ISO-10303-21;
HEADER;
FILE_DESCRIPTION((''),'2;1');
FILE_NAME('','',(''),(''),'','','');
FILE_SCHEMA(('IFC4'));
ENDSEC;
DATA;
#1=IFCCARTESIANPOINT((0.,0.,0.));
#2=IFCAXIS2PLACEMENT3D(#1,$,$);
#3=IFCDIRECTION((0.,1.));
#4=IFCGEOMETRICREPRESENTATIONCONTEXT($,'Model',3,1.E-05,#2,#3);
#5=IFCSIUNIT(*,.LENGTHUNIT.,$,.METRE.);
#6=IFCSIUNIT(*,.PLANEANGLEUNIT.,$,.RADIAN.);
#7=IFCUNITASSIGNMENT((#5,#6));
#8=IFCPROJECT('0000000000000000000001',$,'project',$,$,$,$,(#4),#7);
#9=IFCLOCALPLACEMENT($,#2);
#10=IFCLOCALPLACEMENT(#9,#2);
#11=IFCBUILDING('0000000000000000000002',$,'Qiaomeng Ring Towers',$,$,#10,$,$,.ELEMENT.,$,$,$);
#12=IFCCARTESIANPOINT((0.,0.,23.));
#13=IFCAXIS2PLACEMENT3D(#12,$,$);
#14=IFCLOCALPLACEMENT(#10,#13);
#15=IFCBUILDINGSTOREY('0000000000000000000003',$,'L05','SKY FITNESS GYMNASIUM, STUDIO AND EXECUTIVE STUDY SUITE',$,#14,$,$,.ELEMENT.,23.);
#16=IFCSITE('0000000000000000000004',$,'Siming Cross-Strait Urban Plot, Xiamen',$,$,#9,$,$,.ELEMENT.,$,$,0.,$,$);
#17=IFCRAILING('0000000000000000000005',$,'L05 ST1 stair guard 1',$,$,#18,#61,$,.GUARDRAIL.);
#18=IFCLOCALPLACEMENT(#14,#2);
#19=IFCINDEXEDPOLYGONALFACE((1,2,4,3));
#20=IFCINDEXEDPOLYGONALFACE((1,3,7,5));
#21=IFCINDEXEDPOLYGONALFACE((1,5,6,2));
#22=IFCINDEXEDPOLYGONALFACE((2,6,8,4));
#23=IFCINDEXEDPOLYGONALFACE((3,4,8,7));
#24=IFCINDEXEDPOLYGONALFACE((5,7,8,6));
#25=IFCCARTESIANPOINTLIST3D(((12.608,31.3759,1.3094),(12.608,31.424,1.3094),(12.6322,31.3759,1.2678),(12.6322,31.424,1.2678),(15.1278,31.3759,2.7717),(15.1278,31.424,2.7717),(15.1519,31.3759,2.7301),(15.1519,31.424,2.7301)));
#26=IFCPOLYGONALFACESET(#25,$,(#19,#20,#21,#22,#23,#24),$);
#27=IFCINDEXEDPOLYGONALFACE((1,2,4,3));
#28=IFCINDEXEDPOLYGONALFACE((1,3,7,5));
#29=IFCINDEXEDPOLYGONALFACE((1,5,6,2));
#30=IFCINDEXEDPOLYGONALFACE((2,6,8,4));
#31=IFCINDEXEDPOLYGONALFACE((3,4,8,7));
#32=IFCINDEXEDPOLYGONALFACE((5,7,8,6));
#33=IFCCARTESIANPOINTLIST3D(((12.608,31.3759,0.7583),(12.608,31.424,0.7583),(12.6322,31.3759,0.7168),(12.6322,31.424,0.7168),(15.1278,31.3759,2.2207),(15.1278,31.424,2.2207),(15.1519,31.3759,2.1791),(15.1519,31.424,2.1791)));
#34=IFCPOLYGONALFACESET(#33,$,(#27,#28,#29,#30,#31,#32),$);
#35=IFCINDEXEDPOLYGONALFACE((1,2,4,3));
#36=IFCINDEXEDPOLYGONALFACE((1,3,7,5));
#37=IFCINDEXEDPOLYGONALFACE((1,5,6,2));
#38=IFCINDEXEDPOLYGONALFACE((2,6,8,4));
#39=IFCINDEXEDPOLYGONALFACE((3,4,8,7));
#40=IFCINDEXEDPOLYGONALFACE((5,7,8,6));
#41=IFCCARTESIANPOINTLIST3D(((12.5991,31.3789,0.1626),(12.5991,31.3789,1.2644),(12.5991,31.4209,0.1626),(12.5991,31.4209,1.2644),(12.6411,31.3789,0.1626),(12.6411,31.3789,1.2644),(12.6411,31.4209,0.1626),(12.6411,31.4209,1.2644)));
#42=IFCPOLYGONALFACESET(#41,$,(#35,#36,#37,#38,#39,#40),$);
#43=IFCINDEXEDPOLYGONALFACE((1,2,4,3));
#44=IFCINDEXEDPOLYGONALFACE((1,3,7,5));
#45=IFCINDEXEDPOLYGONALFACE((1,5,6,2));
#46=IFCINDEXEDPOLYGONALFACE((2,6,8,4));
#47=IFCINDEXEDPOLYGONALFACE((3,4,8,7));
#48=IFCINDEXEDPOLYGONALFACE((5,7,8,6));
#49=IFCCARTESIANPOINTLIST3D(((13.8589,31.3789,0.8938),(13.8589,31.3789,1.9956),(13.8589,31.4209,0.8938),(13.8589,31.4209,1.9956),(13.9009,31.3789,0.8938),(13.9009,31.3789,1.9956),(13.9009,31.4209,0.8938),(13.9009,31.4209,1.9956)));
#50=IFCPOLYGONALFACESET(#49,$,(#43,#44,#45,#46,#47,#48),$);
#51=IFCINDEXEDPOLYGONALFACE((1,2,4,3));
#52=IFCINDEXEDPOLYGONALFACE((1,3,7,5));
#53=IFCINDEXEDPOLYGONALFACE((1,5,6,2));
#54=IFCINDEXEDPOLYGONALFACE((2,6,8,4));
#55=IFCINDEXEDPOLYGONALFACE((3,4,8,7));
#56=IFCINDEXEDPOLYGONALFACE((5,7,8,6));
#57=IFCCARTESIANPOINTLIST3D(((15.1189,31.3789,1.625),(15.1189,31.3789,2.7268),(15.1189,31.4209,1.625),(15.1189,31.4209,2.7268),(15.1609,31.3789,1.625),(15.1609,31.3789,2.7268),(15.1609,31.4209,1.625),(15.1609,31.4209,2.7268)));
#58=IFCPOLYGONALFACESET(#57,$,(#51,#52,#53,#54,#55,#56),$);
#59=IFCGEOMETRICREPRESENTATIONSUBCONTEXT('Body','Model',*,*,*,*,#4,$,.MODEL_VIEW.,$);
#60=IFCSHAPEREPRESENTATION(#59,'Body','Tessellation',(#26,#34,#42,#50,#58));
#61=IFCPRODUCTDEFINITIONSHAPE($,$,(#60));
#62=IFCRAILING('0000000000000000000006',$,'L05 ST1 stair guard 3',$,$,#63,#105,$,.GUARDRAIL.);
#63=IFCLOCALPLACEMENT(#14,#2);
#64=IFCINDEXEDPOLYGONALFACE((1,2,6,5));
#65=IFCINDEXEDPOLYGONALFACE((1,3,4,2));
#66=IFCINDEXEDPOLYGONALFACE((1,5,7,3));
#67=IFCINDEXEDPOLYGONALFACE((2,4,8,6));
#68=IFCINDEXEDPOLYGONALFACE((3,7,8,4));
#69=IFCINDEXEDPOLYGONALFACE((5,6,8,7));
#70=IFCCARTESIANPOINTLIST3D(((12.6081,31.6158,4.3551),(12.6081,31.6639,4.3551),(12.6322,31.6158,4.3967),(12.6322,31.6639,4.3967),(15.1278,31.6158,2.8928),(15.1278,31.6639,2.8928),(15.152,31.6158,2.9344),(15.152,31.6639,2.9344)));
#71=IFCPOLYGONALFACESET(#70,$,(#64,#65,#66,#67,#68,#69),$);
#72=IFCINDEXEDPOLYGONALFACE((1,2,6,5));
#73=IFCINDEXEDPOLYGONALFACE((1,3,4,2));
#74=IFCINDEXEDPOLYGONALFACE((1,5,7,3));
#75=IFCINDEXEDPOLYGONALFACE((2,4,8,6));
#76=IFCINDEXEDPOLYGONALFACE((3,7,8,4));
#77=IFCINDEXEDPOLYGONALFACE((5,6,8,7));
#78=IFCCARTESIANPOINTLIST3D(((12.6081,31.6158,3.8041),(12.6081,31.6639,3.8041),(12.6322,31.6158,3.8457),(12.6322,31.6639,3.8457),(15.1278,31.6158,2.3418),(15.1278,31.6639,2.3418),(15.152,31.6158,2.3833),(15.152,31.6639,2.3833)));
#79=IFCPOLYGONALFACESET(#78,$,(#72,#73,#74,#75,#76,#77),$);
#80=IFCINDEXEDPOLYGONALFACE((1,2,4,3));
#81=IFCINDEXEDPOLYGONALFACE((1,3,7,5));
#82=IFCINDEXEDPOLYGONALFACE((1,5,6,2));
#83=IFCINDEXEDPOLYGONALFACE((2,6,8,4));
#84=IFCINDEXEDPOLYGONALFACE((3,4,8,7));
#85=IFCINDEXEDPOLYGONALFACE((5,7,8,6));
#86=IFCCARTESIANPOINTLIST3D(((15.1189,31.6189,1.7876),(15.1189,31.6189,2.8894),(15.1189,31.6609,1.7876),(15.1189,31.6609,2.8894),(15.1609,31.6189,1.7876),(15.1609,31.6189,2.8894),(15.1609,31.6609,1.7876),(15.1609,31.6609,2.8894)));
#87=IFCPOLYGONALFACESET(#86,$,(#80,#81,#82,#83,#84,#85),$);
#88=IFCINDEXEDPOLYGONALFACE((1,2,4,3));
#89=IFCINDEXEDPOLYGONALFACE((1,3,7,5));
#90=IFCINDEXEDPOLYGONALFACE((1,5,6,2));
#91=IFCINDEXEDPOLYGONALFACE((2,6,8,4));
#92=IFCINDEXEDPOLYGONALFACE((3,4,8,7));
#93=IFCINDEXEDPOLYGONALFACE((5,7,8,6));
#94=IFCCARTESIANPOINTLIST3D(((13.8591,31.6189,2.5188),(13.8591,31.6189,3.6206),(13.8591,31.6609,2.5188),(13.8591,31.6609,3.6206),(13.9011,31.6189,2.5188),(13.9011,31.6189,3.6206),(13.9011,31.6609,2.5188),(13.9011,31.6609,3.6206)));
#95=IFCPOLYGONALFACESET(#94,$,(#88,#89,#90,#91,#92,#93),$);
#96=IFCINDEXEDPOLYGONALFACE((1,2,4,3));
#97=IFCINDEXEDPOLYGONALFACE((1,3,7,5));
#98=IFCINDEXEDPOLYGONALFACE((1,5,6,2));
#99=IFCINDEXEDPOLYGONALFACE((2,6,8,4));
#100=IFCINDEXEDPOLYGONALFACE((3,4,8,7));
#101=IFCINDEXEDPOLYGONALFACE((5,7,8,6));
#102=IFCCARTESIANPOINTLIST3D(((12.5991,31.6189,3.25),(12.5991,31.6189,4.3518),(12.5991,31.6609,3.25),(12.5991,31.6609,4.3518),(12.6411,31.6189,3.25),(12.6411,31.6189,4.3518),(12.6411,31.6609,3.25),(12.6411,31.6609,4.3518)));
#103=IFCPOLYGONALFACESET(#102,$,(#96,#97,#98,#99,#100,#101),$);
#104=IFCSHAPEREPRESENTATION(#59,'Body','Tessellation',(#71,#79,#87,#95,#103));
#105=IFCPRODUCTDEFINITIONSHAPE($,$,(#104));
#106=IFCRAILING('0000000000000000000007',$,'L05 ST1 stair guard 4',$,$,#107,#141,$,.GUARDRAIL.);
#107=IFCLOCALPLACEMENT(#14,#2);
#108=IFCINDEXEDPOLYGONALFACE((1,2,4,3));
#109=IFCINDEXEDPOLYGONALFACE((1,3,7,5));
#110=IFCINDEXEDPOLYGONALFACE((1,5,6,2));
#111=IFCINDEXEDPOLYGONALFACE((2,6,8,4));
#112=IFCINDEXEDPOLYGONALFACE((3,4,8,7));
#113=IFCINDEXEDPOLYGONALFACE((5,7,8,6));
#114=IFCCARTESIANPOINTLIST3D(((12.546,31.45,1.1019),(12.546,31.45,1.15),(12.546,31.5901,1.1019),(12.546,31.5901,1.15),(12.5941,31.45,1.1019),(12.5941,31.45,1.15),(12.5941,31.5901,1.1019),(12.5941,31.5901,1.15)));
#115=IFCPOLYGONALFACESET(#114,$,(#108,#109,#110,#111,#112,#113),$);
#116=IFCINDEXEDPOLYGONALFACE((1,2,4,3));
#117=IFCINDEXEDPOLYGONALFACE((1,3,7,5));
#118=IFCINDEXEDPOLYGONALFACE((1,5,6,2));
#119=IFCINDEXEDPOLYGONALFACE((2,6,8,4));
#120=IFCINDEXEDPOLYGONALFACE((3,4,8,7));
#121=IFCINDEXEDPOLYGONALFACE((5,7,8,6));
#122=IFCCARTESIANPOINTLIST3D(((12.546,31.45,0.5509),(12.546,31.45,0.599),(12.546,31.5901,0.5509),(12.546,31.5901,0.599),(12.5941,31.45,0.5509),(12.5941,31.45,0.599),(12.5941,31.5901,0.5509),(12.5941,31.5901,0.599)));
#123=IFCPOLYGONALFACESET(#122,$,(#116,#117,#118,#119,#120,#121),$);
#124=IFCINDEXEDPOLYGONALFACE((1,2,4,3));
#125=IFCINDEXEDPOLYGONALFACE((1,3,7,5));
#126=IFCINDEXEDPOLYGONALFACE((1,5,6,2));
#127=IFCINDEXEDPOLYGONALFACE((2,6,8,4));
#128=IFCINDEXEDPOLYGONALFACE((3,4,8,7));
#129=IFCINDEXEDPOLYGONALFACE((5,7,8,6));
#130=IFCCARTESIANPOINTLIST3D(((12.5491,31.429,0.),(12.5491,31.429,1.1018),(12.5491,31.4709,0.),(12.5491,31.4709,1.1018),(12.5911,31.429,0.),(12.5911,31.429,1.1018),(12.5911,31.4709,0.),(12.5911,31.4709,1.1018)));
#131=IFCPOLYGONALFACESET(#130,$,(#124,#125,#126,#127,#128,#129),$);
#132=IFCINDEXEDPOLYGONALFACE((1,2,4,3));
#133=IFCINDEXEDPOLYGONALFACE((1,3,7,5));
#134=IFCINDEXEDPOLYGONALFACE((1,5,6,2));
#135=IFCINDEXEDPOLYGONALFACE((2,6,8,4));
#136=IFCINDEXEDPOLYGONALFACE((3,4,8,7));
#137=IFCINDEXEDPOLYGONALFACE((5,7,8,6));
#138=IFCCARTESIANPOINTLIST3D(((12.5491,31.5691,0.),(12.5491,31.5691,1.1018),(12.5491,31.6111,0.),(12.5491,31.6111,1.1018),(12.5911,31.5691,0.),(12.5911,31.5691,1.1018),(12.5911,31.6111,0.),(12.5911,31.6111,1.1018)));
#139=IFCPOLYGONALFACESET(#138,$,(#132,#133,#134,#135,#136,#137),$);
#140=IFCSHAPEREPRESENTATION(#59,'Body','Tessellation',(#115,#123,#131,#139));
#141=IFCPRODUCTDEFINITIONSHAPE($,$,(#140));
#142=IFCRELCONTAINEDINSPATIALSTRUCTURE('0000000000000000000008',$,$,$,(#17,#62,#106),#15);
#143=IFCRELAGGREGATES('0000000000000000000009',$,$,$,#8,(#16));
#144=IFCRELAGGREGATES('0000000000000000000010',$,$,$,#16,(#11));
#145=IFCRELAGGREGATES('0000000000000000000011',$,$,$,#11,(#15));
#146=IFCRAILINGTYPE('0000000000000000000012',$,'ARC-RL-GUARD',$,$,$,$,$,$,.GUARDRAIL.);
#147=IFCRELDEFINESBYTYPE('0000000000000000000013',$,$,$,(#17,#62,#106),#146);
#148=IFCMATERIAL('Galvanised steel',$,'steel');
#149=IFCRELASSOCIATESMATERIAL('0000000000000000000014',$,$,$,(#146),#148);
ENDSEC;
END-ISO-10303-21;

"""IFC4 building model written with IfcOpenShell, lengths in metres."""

from ifc_helpers import new_model, si_unit, direction, frame, origin, origin_2d, place, context, subcontext, project, spatial, rectangle, extrude, material, type_object, element, save


model = new_model("IFC4")

# Units and contexts
model_context = context("Model", 3, precision=1e-05, world=origin(), true_north=direction((0.0, 1.0)))
body_context = subcontext(model_context, "Body", "Model", "MODEL_VIEW")
ifc_project = project(units=[si_unit("LENGTHUNIT", "METRE"), si_unit("PLANEANGLEUNIT", "RADIAN")], contexts=[model_context])

# Site, building, storey
site_placement = place(None, origin())
site = spatial("IfcSite", under=ifc_project, at=site_placement, Name="Siming Cross-Strait Urban Plot, Xiamen", CompositionType="ELEMENT", RefElevation=0.0)
building_placement = place(site_placement, origin())
building = spatial("IfcBuilding", under=site, at=building_placement, Name="Qiaomeng Ring Towers", CompositionType="ELEMENT")
storey_placement = place(building_placement, frame((0.0, 0.0, 23.0)))
storey = spatial("IfcBuildingStorey", under=building, at=storey_placement, Name="L05", Description="SKY FITNESS GYMNASIUM, STUDIO AND EXECUTIVE STUDY SUITE", CompositionType="ELEMENT", Elevation=23.0)

# Shared definitions
ifc_material_1 = material(Name="Galvanised steel", Category="steel")

# Railings
railing_type_1 = type_object("IfcRailingType", Name="ARC-RL-GUARD", PredefinedType="GUARDRAIL", material=ifc_material_1)
railing_1_placement = place(storey_placement, frame((12.6201, 31.3999, 0.1626)))
element("IfcRailing", 1, at=railing_1_placement, inside=storey, type_object=railing_type_1, Name="L05 ST1 stair guard 1", PredefinedType="GUARDRAIL", context=body_context, shape_type="SweptSolid", body=[
    extrude(rectangle(XDim=0.0481, YDim=0.0481, at=origin_2d()), frame((0.0, 0.0, 1.126), z_axis=(0.864892, 0.0, 0.501958), x_axis=(0.0, 1.0, 0.0)), (0.0, 0.0, 1.0), 2.9133),
    extrude(rectangle(XDim=0.0481, YDim=0.0481, at=origin_2d()), frame((0.0, 0.0, 0.575), z_axis=(0.864892, 0.0, 0.501958), x_axis=(0.0, 1.0, 0.0)), (0.0, 0.0, 1.0), 2.9133),
    extrude(rectangle(XDim=0.042, YDim=0.042, at=origin_2d()), origin(), (0.0, 0.0, 1.0), 1.1018),
    extrude(rectangle(XDim=0.042, YDim=0.042, at=origin_2d()), frame((1.2598, 0.0, 0.7312)), (0.0, 0.0, 1.0), 1.1018),
    extrude(rectangle(XDim=0.042, YDim=0.042, at=origin_2d()), frame((2.5198, 0.0, 1.4624)), (0.0, 0.0, 1.0), 1.1018),
])
railing_2_placement = place(storey_placement, frame((15.1399, 31.6399, 1.7876)))
element("IfcRailing", 2, at=railing_2_placement, inside=storey, type_object=railing_type_1, Name="L05 ST1 stair guard 3", PredefinedType="GUARDRAIL", context=body_context, shape_type="SweptSolid", body=[
    extrude(rectangle(XDim=0.0481, YDim=0.0481, at=origin_2d()), frame((0.0, 0.0, 1.126), z_axis=(-0.864892, 0.0, 0.501958), x_axis=(0.0, -1.0, 0.0)), (0.0, 0.0, 1.0), 2.9133),
    extrude(rectangle(XDim=0.0481, YDim=0.0481, at=origin_2d()), frame((0.0, 0.0, 0.575), z_axis=(-0.864892, 0.0, 0.501958), x_axis=(0.0, -1.0, 0.0)), (0.0, 0.0, 1.0), 2.9133),
    extrude(rectangle(XDim=0.042, YDim=0.042, at=origin_2d()), origin(), (0.0, 0.0, 1.0), 1.1018),
    extrude(rectangle(XDim=0.042, YDim=0.042, at=origin_2d()), frame((-1.2598, 0.0, 0.7312)), (0.0, 0.0, 1.0), 1.1018),
    extrude(rectangle(XDim=0.042, YDim=0.042, at=origin_2d()), frame((-2.5198, 0.0, 1.4624)), (0.0, 0.0, 1.0), 1.1018),
])
railing_3_placement = place(storey_placement, frame((12.5701, 31.45, 0.0)))
element("IfcRailing", 3, at=railing_3_placement, inside=storey, type_object=railing_type_1, Name="L05 ST1 stair guard 4", PredefinedType="GUARDRAIL", context=body_context, shape_type="SweptSolid", body=[
    extrude(rectangle(XDim=0.0481, YDim=0.0481, at=origin_2d()), frame((0.0, 0.0, 1.126), z_axis=(0.0, 1.0, 0.0), x_axis=(-1.0, 0.0, 0.0)), (0.0, 0.0, 1.0), 0.1401),
    extrude(rectangle(XDim=0.0481, YDim=0.0481, at=origin_2d()), frame((0.0, 0.0, 0.575), z_axis=(0.0, 1.0, 0.0), x_axis=(-1.0, 0.0, 0.0)), (0.0, 0.0, 1.0), 0.1401),
    extrude(rectangle(XDim=0.042, YDim=0.042, at=origin_2d()), origin(), (0.0, 0.0, 1.0), 1.1018),
    extrude(rectangle(XDim=0.042, YDim=0.042, at=origin_2d()), frame((0.0, 0.1401, 0.0)), (0.0, 0.0, 1.0), 1.1018),
])

save(model, "model.ifc")
